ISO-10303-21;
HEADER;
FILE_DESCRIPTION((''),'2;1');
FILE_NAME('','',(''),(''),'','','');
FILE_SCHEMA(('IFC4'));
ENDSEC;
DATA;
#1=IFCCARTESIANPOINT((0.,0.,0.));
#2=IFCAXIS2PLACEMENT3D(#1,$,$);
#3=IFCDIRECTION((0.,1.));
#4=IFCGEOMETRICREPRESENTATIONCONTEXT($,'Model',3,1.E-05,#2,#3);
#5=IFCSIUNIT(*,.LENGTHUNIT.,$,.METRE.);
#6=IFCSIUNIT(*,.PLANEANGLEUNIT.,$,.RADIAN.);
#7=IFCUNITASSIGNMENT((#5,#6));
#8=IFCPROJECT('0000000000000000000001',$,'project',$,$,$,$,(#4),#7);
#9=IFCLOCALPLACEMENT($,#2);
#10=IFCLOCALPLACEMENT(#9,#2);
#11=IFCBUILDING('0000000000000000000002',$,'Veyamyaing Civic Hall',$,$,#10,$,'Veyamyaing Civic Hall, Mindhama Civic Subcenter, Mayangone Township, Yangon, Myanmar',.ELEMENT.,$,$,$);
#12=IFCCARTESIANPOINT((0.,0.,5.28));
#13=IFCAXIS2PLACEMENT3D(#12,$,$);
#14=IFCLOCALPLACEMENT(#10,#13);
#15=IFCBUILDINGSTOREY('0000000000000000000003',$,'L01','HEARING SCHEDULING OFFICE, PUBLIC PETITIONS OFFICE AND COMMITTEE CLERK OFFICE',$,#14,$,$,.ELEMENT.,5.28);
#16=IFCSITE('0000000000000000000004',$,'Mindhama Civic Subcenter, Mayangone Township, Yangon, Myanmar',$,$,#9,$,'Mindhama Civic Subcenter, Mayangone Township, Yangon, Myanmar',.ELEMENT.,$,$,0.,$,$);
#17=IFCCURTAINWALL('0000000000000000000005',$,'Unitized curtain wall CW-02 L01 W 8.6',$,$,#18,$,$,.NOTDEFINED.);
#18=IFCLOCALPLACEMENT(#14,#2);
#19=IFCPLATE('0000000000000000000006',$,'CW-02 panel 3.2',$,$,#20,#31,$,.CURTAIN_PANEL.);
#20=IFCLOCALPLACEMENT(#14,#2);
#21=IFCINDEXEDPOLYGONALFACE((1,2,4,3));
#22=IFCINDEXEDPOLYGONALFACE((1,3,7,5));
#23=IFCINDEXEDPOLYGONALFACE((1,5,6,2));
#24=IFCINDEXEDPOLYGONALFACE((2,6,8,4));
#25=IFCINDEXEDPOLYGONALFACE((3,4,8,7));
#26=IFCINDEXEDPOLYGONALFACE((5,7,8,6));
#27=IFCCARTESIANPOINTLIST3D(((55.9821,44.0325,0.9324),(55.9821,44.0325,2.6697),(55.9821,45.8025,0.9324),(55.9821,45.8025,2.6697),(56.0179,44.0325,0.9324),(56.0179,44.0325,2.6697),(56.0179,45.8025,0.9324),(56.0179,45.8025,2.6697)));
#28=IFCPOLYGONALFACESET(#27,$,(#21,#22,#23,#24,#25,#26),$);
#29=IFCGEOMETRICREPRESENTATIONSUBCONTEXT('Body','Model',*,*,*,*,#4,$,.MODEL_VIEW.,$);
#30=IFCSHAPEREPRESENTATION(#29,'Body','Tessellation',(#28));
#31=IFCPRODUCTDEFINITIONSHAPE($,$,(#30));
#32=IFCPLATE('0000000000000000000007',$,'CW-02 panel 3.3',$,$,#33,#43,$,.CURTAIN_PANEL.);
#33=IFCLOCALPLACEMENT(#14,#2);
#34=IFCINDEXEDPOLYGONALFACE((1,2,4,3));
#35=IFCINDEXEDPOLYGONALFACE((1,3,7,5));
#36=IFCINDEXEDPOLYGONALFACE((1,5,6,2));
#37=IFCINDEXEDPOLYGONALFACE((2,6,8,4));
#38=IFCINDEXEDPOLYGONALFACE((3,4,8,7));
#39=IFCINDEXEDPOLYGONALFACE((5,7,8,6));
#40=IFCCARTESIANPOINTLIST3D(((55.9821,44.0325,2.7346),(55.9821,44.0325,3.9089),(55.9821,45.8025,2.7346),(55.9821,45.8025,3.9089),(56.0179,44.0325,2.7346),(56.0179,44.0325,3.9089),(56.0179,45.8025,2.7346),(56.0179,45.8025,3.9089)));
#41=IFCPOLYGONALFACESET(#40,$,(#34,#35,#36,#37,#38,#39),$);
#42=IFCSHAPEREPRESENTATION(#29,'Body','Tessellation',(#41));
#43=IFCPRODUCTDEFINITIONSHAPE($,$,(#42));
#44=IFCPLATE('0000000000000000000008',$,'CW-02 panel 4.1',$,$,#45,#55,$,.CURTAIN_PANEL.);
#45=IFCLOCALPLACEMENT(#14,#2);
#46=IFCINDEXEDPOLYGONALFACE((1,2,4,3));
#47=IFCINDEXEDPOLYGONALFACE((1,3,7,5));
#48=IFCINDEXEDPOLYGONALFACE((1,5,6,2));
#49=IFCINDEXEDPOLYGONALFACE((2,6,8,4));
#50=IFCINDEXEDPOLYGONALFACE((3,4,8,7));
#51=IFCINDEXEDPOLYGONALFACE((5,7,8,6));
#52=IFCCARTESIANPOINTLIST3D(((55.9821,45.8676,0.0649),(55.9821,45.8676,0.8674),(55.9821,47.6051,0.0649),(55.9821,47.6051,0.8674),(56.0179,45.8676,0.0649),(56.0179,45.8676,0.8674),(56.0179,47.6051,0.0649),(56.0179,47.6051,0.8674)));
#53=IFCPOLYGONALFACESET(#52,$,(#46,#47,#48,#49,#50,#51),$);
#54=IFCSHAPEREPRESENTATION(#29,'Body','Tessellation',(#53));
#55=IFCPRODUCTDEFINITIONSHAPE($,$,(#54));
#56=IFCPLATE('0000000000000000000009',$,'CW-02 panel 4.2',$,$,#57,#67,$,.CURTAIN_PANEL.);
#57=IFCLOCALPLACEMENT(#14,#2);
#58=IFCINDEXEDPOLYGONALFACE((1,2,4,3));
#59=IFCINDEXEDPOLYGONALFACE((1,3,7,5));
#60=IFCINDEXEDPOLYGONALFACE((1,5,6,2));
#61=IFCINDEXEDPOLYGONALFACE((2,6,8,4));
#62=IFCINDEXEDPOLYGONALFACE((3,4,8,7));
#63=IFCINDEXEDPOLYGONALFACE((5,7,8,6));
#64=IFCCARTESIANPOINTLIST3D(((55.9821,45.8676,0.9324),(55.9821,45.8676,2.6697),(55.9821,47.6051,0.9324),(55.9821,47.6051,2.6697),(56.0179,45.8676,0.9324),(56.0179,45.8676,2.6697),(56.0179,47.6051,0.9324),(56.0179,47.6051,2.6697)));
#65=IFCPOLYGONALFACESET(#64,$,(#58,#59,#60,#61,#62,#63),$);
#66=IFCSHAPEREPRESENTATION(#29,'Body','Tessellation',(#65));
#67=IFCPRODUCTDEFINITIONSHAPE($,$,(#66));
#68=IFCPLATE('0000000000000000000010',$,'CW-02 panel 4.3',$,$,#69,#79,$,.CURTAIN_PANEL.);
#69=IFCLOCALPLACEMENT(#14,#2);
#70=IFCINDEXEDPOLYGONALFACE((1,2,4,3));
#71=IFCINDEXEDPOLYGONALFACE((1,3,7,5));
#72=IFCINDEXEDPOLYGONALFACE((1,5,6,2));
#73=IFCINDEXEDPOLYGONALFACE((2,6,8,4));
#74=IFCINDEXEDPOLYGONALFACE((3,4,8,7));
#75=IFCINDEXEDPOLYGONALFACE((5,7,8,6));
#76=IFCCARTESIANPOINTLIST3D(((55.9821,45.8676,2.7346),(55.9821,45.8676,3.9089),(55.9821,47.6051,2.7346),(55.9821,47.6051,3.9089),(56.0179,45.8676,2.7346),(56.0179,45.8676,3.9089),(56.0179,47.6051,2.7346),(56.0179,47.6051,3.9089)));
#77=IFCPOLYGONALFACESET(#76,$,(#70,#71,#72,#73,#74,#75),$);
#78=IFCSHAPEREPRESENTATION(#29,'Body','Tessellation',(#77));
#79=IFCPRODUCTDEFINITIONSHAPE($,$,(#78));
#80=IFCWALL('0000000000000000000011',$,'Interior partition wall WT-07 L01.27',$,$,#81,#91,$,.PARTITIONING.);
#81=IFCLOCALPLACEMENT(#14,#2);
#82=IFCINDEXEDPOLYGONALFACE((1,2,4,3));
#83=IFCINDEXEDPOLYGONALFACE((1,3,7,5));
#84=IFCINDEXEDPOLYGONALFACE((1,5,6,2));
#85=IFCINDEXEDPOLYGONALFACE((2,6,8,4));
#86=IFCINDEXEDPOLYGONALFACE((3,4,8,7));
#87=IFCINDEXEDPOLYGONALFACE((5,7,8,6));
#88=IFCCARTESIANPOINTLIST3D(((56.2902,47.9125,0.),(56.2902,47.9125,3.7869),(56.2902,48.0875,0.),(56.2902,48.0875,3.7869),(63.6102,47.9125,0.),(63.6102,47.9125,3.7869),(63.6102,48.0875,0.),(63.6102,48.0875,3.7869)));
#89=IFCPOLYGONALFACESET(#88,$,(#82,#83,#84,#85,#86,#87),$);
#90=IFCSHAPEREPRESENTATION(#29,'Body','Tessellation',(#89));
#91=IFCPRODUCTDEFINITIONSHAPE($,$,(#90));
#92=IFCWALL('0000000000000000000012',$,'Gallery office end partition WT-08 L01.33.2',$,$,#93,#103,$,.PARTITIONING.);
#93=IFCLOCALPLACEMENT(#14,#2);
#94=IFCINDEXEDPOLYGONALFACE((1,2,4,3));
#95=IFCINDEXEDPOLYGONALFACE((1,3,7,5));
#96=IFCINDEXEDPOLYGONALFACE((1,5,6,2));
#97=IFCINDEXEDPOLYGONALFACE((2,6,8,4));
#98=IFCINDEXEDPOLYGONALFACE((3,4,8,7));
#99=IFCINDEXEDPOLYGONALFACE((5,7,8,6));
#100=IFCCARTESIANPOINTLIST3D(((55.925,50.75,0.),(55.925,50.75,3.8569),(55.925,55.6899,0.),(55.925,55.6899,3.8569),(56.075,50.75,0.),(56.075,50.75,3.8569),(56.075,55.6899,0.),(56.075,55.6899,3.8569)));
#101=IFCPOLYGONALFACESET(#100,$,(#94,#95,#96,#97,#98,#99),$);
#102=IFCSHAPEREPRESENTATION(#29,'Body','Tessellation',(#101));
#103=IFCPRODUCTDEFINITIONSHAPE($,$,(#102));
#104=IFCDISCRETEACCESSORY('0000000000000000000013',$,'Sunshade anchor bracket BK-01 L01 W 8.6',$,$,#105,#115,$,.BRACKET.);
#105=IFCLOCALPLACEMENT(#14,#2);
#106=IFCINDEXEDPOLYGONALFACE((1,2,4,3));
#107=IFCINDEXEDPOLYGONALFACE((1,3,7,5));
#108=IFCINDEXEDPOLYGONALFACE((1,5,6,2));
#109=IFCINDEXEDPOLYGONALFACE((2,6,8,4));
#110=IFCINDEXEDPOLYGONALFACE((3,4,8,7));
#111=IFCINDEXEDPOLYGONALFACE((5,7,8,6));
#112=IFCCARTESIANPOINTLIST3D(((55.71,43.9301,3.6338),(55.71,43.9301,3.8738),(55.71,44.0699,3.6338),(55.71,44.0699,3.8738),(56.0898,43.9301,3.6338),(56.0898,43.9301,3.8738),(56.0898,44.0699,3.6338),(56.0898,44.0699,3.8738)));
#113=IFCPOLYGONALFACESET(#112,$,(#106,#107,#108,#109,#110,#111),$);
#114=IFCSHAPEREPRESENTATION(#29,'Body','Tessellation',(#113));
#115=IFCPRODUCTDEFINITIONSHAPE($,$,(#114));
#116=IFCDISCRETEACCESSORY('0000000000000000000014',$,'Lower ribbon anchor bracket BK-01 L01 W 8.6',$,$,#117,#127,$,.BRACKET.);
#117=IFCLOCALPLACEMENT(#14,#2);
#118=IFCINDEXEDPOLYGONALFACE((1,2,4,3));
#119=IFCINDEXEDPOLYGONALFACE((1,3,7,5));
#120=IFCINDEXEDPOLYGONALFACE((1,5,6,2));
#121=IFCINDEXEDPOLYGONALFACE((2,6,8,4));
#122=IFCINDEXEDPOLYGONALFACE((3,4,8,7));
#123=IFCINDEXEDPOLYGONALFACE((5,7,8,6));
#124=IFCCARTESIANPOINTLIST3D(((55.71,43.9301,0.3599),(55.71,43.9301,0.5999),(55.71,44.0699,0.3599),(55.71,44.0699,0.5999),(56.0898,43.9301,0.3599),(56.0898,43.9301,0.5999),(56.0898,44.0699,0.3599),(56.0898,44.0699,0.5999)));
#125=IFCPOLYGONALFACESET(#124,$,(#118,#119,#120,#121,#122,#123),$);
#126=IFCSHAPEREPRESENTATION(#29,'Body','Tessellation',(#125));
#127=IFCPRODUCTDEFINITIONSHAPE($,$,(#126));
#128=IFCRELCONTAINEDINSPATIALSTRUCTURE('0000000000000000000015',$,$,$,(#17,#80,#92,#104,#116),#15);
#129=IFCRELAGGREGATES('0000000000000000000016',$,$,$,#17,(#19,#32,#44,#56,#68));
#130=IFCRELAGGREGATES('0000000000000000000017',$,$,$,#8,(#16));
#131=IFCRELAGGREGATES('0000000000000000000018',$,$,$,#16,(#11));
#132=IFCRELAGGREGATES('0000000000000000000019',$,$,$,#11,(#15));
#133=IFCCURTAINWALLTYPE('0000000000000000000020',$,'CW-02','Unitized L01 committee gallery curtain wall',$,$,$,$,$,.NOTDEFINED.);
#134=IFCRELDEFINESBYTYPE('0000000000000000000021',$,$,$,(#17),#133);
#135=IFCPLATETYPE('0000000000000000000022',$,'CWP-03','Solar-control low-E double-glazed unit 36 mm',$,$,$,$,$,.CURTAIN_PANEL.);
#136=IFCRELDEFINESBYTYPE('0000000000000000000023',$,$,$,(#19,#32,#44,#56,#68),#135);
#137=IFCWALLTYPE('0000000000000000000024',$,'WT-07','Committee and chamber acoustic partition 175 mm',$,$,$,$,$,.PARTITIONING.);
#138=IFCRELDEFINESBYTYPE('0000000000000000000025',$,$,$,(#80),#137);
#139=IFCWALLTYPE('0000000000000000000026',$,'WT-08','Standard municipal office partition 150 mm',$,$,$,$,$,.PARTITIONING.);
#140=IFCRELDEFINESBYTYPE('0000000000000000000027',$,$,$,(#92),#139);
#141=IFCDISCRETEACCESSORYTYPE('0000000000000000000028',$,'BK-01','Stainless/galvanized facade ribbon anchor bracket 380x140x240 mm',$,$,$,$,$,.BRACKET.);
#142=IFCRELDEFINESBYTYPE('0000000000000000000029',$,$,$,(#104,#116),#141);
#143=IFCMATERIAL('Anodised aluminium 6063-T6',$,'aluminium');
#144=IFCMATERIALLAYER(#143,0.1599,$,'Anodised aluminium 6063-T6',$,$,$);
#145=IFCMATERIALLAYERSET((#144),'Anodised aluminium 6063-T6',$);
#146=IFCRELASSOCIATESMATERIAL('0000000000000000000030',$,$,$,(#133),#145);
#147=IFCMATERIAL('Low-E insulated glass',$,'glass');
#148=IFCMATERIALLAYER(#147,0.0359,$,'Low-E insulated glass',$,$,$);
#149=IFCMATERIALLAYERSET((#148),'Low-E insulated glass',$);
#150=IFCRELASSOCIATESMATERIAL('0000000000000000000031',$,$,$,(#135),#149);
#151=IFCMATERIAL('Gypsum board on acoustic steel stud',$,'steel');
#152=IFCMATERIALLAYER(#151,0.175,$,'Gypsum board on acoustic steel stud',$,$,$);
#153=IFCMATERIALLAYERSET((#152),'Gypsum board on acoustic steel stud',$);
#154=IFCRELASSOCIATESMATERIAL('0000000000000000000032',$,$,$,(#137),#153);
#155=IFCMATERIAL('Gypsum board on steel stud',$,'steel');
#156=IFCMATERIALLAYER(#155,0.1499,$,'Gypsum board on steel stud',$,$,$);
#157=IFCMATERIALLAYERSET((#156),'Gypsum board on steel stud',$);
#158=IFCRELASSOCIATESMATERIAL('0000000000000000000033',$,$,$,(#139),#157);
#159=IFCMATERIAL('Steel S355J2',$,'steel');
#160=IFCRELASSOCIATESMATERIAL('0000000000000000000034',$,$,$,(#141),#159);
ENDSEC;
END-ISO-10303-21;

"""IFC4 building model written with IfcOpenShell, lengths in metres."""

from ifc_helpers import new_model, si_unit, direction, frame, frame_2d, origin, origin_2d, place, context, subcontext, project, spatial, rectangle, extrude, material, layer, layer_set, type_object, element, aggregate, save


model = new_model("IFC4")

# Units and contexts
model_context = context("Model", 3, precision=1e-05, world=origin(), true_north=direction((0.0, 1.0)))
body_context = subcontext(model_context, "Body", "Model", "MODEL_VIEW")
ifc_project = project(units=[si_unit("LENGTHUNIT", "METRE"), si_unit("PLANEANGLEUNIT", "RADIAN")], contexts=[model_context])

# Site, building, storey
site_placement = place(None, origin())
site = spatial("IfcSite", under=ifc_project, at=site_placement, Name="Mindhama Civic Subcenter, Mayangone Township, Yangon, Myanmar", LongName="Mindhama Civic Subcenter, Mayangone Township, Yangon, Myanmar", CompositionType="ELEMENT", RefElevation=0.0)
building_placement = place(site_placement, origin())
building = spatial("IfcBuilding", under=site, at=building_placement, Name="Veyamyaing Civic Hall", LongName="Veyamyaing Civic Hall, Mindhama Civic Subcenter, Mayangone Township, Yangon, Myanmar", CompositionType="ELEMENT")
storey_placement = place(building_placement, frame((0.0, 0.0, 5.28)))
storey = spatial("IfcBuildingStorey", under=building, at=storey_placement, Name="L01", Description="HEARING SCHEDULING OFFICE, PUBLIC PETITIONS OFFICE AND COMMITTEE CLERK OFFICE", CompositionType="ELEMENT", Elevation=5.28)

# Curtain wall
ifc_material_1 = material(Name="Anodised aluminium 6063-T6", Category="aluminium")
ifc_layer_1 = layer(ifc_material_1, 0.1599, Name="Anodised aluminium 6063-T6")
ifc_layer_set_1 = layer_set([ifc_layer_1], Name="Anodised aluminium 6063-T6")
curtain_wall_type = type_object("IfcCurtainWallType", Name="CW-02", Description="Unitized L01 committee gallery curtain wall", PredefinedType="NOTDEFINED", material=ifc_layer_set_1)
curtain_wall_1_placement = place(storey_placement, origin())
curtain_wall_1 = element("IfcCurtainWall", 1, at=curtain_wall_1_placement, inside=storey, type_object=curtain_wall_type, Name="Unitized curtain wall CW-02 L01 W 8.6", PredefinedType="NOTDEFINED")

# Plates
ifc_material_2 = material(Name="Low-E insulated glass", Category="glass")
ifc_layer_2 = layer(ifc_material_2, 0.0359, Name="Low-E insulated glass")
ifc_layer_set_2 = layer_set([ifc_layer_2], Name="Low-E insulated glass")
plate_type = type_object("IfcPlateType", Name="CWP-03", Description="Solar-control low-E double-glazed unit 36 mm", PredefinedType="CURTAIN_PANEL", material=ifc_layer_set_2)
plate_1_placement = place(storey_placement, frame((56.0, 44.9175, 0.9324), z_axis=(0.0, 0.0, 1.0), x_axis=(0.0, 1.0, 0.0)))
plate_1 = element("IfcPlate", 2, at=plate_1_placement, type_object=plate_type, Name="CW-02 panel 3.2", PredefinedType="CURTAIN_PANEL", context=body_context, shape_type="SweptSolid", body=[
    extrude(rectangle(XDim=1.77, YDim=0.0359, at=origin_2d()), origin(), (0.0, 0.0, 1.0), 1.7373),
])
plate_2_placement = place(storey_placement, frame((56.0, 44.9175, 2.7346), z_axis=(0.0, 0.0, 1.0), x_axis=(0.0, 1.0, 0.0)))
plate_2 = element("IfcPlate", 3, at=plate_2_placement, type_object=plate_type, Name="CW-02 panel 3.3", PredefinedType="CURTAIN_PANEL", context=body_context, shape_type="SweptSolid", body=[
    extrude(rectangle(XDim=1.77, YDim=0.0359, at=origin_2d()), origin(), (0.0, 0.0, 1.0), 1.1743),
])
plate_3_placement = place(storey_placement, frame((56.0, 46.7363, 0.0649), z_axis=(0.0, 0.0, 1.0), x_axis=(0.0, 1.0, 0.0)))
plate_3 = element("IfcPlate", 4, at=plate_3_placement, type_object=plate_type, Name="CW-02 panel 4.1", PredefinedType="CURTAIN_PANEL", context=body_context, shape_type="SweptSolid", body=[
    extrude(rectangle(XDim=1.7375, YDim=0.0359, at=origin_2d()), origin(), (0.0, 0.0, 1.0), 0.8025),
])
plate_4_placement = place(storey_placement, frame((56.0, 46.7363, 0.9324), z_axis=(0.0, 0.0, 1.0), x_axis=(0.0, 1.0, 0.0)))
plate_4 = element("IfcPlate", 5, at=plate_4_placement, type_object=plate_type, Name="CW-02 panel 4.2", PredefinedType="CURTAIN_PANEL", context=body_context, shape_type="SweptSolid", body=[
    extrude(rectangle(XDim=1.7375, YDim=0.0359, at=origin_2d()), origin(), (0.0, 0.0, 1.0), 1.7373),
])
plate_5_placement = place(storey_placement, frame((56.0, 46.7363, 2.7346), z_axis=(0.0, 0.0, 1.0), x_axis=(0.0, 1.0, 0.0)))
plate_5 = element("IfcPlate", 6, at=plate_5_placement, type_object=plate_type, Name="CW-02 panel 4.3", PredefinedType="CURTAIN_PANEL", context=body_context, shape_type="SweptSolid", body=[
    extrude(rectangle(XDim=1.7375, YDim=0.0359, at=origin_2d()), origin(), (0.0, 0.0, 1.0), 1.1743),
])
aggregate(curtain_wall_1, [plate_1, plate_2, plate_3, plate_4, plate_5])

# Walls
ifc_material_3 = material(Name="Gypsum board on acoustic steel stud", Category="steel")
ifc_layer_3 = layer(ifc_material_3, 0.175, Name="Gypsum board on acoustic steel stud")
ifc_layer_set_3 = layer_set([ifc_layer_3], Name="Gypsum board on acoustic steel stud")
wall_type_1 = type_object("IfcWallType", Name="WT-07", Description="Committee and chamber acoustic partition 175 mm", PredefinedType="PARTITIONING", material=ifc_layer_set_3)
wall_1_placement = place(storey_placement, frame((56.29, 48.0, 0.0), z_axis=(0.0, 0.0, 1.0), x_axis=(1.0, 0.0, 0.0)))
element("IfcWall", 7, at=wall_1_placement, inside=storey, type_object=wall_type_1, Name="Interior partition wall WT-07 L01.27", PredefinedType="PARTITIONING", context=body_context, shape_type="SweptSolid", body=[
    extrude(rectangle(XDim=7.3201, YDim=0.175, at=frame_2d((3.6602, 0.0))), origin(), (0.0, 0.0, 1.0), 3.7869),
])
ifc_material_4 = material(Name="Gypsum board on steel stud", Category="steel")
ifc_layer_4 = layer(ifc_material_4, 0.1499, Name="Gypsum board on steel stud")
ifc_layer_set_4 = layer_set([ifc_layer_4], Name="Gypsum board on steel stud")
wall_type_2 = type_object("IfcWallType", Name="WT-08", Description="Standard municipal office partition 150 mm", PredefinedType="PARTITIONING", material=ifc_layer_set_4)
wall_2_placement = place(storey_placement, frame((56.0, 50.75, 0.0), z_axis=(0.0, 0.0, 1.0), x_axis=(0.0, 1.0, 0.0)))
element("IfcWall", 8, at=wall_2_placement, inside=storey, type_object=wall_type_2, Name="Gallery office end partition WT-08 L01.33.2", PredefinedType="PARTITIONING", context=body_context, shape_type="SweptSolid", body=[
    extrude(rectangle(XDim=4.9399, YDim=0.1499, at=frame_2d((2.47, 0.0))), origin(), (0.0, 0.0, 1.0), 3.8569),
])

# Discrete accessories
ifc_material_5 = material(Name="Steel S355J2", Category="steel")
discrete_accessory_type = type_object("IfcDiscreteAccessoryType", Name="BK-01", Description="Stainless/galvanized facade ribbon anchor bracket 380x140x240 mm", PredefinedType="BRACKET", material=ifc_material_5)
for number, where, z_axis, x_axis, name in (
    (9, (55.8999, 44.0, 3.6338), (0.0, 0.0, 1.0), (-1.0, 0.0, 0.0), "Sunshade anchor bracket BK-01 L01 W 8.6"),
    (10, (55.8999, 44.0, 0.3599), (0.0, 0.0, 1.0), (-1.0, 0.0, 0.0), "Lower ribbon anchor bracket BK-01 L01 W 8.6"),
):
    element("IfcDiscreteAccessory", number, at=place(storey_placement, frame(where, z_axis=z_axis, x_axis=x_axis)), inside=storey, type_object=discrete_accessory_type, Name=name, PredefinedType="BRACKET", context=body_context, shape_type="SweptSolid", body=[
        extrude(rectangle(XDim=0.3799, YDim=0.1399, at=origin_2d()), origin(), (0.0, 0.0, 1.0), 0.24),
    ])

save(model, "model.ifc")
